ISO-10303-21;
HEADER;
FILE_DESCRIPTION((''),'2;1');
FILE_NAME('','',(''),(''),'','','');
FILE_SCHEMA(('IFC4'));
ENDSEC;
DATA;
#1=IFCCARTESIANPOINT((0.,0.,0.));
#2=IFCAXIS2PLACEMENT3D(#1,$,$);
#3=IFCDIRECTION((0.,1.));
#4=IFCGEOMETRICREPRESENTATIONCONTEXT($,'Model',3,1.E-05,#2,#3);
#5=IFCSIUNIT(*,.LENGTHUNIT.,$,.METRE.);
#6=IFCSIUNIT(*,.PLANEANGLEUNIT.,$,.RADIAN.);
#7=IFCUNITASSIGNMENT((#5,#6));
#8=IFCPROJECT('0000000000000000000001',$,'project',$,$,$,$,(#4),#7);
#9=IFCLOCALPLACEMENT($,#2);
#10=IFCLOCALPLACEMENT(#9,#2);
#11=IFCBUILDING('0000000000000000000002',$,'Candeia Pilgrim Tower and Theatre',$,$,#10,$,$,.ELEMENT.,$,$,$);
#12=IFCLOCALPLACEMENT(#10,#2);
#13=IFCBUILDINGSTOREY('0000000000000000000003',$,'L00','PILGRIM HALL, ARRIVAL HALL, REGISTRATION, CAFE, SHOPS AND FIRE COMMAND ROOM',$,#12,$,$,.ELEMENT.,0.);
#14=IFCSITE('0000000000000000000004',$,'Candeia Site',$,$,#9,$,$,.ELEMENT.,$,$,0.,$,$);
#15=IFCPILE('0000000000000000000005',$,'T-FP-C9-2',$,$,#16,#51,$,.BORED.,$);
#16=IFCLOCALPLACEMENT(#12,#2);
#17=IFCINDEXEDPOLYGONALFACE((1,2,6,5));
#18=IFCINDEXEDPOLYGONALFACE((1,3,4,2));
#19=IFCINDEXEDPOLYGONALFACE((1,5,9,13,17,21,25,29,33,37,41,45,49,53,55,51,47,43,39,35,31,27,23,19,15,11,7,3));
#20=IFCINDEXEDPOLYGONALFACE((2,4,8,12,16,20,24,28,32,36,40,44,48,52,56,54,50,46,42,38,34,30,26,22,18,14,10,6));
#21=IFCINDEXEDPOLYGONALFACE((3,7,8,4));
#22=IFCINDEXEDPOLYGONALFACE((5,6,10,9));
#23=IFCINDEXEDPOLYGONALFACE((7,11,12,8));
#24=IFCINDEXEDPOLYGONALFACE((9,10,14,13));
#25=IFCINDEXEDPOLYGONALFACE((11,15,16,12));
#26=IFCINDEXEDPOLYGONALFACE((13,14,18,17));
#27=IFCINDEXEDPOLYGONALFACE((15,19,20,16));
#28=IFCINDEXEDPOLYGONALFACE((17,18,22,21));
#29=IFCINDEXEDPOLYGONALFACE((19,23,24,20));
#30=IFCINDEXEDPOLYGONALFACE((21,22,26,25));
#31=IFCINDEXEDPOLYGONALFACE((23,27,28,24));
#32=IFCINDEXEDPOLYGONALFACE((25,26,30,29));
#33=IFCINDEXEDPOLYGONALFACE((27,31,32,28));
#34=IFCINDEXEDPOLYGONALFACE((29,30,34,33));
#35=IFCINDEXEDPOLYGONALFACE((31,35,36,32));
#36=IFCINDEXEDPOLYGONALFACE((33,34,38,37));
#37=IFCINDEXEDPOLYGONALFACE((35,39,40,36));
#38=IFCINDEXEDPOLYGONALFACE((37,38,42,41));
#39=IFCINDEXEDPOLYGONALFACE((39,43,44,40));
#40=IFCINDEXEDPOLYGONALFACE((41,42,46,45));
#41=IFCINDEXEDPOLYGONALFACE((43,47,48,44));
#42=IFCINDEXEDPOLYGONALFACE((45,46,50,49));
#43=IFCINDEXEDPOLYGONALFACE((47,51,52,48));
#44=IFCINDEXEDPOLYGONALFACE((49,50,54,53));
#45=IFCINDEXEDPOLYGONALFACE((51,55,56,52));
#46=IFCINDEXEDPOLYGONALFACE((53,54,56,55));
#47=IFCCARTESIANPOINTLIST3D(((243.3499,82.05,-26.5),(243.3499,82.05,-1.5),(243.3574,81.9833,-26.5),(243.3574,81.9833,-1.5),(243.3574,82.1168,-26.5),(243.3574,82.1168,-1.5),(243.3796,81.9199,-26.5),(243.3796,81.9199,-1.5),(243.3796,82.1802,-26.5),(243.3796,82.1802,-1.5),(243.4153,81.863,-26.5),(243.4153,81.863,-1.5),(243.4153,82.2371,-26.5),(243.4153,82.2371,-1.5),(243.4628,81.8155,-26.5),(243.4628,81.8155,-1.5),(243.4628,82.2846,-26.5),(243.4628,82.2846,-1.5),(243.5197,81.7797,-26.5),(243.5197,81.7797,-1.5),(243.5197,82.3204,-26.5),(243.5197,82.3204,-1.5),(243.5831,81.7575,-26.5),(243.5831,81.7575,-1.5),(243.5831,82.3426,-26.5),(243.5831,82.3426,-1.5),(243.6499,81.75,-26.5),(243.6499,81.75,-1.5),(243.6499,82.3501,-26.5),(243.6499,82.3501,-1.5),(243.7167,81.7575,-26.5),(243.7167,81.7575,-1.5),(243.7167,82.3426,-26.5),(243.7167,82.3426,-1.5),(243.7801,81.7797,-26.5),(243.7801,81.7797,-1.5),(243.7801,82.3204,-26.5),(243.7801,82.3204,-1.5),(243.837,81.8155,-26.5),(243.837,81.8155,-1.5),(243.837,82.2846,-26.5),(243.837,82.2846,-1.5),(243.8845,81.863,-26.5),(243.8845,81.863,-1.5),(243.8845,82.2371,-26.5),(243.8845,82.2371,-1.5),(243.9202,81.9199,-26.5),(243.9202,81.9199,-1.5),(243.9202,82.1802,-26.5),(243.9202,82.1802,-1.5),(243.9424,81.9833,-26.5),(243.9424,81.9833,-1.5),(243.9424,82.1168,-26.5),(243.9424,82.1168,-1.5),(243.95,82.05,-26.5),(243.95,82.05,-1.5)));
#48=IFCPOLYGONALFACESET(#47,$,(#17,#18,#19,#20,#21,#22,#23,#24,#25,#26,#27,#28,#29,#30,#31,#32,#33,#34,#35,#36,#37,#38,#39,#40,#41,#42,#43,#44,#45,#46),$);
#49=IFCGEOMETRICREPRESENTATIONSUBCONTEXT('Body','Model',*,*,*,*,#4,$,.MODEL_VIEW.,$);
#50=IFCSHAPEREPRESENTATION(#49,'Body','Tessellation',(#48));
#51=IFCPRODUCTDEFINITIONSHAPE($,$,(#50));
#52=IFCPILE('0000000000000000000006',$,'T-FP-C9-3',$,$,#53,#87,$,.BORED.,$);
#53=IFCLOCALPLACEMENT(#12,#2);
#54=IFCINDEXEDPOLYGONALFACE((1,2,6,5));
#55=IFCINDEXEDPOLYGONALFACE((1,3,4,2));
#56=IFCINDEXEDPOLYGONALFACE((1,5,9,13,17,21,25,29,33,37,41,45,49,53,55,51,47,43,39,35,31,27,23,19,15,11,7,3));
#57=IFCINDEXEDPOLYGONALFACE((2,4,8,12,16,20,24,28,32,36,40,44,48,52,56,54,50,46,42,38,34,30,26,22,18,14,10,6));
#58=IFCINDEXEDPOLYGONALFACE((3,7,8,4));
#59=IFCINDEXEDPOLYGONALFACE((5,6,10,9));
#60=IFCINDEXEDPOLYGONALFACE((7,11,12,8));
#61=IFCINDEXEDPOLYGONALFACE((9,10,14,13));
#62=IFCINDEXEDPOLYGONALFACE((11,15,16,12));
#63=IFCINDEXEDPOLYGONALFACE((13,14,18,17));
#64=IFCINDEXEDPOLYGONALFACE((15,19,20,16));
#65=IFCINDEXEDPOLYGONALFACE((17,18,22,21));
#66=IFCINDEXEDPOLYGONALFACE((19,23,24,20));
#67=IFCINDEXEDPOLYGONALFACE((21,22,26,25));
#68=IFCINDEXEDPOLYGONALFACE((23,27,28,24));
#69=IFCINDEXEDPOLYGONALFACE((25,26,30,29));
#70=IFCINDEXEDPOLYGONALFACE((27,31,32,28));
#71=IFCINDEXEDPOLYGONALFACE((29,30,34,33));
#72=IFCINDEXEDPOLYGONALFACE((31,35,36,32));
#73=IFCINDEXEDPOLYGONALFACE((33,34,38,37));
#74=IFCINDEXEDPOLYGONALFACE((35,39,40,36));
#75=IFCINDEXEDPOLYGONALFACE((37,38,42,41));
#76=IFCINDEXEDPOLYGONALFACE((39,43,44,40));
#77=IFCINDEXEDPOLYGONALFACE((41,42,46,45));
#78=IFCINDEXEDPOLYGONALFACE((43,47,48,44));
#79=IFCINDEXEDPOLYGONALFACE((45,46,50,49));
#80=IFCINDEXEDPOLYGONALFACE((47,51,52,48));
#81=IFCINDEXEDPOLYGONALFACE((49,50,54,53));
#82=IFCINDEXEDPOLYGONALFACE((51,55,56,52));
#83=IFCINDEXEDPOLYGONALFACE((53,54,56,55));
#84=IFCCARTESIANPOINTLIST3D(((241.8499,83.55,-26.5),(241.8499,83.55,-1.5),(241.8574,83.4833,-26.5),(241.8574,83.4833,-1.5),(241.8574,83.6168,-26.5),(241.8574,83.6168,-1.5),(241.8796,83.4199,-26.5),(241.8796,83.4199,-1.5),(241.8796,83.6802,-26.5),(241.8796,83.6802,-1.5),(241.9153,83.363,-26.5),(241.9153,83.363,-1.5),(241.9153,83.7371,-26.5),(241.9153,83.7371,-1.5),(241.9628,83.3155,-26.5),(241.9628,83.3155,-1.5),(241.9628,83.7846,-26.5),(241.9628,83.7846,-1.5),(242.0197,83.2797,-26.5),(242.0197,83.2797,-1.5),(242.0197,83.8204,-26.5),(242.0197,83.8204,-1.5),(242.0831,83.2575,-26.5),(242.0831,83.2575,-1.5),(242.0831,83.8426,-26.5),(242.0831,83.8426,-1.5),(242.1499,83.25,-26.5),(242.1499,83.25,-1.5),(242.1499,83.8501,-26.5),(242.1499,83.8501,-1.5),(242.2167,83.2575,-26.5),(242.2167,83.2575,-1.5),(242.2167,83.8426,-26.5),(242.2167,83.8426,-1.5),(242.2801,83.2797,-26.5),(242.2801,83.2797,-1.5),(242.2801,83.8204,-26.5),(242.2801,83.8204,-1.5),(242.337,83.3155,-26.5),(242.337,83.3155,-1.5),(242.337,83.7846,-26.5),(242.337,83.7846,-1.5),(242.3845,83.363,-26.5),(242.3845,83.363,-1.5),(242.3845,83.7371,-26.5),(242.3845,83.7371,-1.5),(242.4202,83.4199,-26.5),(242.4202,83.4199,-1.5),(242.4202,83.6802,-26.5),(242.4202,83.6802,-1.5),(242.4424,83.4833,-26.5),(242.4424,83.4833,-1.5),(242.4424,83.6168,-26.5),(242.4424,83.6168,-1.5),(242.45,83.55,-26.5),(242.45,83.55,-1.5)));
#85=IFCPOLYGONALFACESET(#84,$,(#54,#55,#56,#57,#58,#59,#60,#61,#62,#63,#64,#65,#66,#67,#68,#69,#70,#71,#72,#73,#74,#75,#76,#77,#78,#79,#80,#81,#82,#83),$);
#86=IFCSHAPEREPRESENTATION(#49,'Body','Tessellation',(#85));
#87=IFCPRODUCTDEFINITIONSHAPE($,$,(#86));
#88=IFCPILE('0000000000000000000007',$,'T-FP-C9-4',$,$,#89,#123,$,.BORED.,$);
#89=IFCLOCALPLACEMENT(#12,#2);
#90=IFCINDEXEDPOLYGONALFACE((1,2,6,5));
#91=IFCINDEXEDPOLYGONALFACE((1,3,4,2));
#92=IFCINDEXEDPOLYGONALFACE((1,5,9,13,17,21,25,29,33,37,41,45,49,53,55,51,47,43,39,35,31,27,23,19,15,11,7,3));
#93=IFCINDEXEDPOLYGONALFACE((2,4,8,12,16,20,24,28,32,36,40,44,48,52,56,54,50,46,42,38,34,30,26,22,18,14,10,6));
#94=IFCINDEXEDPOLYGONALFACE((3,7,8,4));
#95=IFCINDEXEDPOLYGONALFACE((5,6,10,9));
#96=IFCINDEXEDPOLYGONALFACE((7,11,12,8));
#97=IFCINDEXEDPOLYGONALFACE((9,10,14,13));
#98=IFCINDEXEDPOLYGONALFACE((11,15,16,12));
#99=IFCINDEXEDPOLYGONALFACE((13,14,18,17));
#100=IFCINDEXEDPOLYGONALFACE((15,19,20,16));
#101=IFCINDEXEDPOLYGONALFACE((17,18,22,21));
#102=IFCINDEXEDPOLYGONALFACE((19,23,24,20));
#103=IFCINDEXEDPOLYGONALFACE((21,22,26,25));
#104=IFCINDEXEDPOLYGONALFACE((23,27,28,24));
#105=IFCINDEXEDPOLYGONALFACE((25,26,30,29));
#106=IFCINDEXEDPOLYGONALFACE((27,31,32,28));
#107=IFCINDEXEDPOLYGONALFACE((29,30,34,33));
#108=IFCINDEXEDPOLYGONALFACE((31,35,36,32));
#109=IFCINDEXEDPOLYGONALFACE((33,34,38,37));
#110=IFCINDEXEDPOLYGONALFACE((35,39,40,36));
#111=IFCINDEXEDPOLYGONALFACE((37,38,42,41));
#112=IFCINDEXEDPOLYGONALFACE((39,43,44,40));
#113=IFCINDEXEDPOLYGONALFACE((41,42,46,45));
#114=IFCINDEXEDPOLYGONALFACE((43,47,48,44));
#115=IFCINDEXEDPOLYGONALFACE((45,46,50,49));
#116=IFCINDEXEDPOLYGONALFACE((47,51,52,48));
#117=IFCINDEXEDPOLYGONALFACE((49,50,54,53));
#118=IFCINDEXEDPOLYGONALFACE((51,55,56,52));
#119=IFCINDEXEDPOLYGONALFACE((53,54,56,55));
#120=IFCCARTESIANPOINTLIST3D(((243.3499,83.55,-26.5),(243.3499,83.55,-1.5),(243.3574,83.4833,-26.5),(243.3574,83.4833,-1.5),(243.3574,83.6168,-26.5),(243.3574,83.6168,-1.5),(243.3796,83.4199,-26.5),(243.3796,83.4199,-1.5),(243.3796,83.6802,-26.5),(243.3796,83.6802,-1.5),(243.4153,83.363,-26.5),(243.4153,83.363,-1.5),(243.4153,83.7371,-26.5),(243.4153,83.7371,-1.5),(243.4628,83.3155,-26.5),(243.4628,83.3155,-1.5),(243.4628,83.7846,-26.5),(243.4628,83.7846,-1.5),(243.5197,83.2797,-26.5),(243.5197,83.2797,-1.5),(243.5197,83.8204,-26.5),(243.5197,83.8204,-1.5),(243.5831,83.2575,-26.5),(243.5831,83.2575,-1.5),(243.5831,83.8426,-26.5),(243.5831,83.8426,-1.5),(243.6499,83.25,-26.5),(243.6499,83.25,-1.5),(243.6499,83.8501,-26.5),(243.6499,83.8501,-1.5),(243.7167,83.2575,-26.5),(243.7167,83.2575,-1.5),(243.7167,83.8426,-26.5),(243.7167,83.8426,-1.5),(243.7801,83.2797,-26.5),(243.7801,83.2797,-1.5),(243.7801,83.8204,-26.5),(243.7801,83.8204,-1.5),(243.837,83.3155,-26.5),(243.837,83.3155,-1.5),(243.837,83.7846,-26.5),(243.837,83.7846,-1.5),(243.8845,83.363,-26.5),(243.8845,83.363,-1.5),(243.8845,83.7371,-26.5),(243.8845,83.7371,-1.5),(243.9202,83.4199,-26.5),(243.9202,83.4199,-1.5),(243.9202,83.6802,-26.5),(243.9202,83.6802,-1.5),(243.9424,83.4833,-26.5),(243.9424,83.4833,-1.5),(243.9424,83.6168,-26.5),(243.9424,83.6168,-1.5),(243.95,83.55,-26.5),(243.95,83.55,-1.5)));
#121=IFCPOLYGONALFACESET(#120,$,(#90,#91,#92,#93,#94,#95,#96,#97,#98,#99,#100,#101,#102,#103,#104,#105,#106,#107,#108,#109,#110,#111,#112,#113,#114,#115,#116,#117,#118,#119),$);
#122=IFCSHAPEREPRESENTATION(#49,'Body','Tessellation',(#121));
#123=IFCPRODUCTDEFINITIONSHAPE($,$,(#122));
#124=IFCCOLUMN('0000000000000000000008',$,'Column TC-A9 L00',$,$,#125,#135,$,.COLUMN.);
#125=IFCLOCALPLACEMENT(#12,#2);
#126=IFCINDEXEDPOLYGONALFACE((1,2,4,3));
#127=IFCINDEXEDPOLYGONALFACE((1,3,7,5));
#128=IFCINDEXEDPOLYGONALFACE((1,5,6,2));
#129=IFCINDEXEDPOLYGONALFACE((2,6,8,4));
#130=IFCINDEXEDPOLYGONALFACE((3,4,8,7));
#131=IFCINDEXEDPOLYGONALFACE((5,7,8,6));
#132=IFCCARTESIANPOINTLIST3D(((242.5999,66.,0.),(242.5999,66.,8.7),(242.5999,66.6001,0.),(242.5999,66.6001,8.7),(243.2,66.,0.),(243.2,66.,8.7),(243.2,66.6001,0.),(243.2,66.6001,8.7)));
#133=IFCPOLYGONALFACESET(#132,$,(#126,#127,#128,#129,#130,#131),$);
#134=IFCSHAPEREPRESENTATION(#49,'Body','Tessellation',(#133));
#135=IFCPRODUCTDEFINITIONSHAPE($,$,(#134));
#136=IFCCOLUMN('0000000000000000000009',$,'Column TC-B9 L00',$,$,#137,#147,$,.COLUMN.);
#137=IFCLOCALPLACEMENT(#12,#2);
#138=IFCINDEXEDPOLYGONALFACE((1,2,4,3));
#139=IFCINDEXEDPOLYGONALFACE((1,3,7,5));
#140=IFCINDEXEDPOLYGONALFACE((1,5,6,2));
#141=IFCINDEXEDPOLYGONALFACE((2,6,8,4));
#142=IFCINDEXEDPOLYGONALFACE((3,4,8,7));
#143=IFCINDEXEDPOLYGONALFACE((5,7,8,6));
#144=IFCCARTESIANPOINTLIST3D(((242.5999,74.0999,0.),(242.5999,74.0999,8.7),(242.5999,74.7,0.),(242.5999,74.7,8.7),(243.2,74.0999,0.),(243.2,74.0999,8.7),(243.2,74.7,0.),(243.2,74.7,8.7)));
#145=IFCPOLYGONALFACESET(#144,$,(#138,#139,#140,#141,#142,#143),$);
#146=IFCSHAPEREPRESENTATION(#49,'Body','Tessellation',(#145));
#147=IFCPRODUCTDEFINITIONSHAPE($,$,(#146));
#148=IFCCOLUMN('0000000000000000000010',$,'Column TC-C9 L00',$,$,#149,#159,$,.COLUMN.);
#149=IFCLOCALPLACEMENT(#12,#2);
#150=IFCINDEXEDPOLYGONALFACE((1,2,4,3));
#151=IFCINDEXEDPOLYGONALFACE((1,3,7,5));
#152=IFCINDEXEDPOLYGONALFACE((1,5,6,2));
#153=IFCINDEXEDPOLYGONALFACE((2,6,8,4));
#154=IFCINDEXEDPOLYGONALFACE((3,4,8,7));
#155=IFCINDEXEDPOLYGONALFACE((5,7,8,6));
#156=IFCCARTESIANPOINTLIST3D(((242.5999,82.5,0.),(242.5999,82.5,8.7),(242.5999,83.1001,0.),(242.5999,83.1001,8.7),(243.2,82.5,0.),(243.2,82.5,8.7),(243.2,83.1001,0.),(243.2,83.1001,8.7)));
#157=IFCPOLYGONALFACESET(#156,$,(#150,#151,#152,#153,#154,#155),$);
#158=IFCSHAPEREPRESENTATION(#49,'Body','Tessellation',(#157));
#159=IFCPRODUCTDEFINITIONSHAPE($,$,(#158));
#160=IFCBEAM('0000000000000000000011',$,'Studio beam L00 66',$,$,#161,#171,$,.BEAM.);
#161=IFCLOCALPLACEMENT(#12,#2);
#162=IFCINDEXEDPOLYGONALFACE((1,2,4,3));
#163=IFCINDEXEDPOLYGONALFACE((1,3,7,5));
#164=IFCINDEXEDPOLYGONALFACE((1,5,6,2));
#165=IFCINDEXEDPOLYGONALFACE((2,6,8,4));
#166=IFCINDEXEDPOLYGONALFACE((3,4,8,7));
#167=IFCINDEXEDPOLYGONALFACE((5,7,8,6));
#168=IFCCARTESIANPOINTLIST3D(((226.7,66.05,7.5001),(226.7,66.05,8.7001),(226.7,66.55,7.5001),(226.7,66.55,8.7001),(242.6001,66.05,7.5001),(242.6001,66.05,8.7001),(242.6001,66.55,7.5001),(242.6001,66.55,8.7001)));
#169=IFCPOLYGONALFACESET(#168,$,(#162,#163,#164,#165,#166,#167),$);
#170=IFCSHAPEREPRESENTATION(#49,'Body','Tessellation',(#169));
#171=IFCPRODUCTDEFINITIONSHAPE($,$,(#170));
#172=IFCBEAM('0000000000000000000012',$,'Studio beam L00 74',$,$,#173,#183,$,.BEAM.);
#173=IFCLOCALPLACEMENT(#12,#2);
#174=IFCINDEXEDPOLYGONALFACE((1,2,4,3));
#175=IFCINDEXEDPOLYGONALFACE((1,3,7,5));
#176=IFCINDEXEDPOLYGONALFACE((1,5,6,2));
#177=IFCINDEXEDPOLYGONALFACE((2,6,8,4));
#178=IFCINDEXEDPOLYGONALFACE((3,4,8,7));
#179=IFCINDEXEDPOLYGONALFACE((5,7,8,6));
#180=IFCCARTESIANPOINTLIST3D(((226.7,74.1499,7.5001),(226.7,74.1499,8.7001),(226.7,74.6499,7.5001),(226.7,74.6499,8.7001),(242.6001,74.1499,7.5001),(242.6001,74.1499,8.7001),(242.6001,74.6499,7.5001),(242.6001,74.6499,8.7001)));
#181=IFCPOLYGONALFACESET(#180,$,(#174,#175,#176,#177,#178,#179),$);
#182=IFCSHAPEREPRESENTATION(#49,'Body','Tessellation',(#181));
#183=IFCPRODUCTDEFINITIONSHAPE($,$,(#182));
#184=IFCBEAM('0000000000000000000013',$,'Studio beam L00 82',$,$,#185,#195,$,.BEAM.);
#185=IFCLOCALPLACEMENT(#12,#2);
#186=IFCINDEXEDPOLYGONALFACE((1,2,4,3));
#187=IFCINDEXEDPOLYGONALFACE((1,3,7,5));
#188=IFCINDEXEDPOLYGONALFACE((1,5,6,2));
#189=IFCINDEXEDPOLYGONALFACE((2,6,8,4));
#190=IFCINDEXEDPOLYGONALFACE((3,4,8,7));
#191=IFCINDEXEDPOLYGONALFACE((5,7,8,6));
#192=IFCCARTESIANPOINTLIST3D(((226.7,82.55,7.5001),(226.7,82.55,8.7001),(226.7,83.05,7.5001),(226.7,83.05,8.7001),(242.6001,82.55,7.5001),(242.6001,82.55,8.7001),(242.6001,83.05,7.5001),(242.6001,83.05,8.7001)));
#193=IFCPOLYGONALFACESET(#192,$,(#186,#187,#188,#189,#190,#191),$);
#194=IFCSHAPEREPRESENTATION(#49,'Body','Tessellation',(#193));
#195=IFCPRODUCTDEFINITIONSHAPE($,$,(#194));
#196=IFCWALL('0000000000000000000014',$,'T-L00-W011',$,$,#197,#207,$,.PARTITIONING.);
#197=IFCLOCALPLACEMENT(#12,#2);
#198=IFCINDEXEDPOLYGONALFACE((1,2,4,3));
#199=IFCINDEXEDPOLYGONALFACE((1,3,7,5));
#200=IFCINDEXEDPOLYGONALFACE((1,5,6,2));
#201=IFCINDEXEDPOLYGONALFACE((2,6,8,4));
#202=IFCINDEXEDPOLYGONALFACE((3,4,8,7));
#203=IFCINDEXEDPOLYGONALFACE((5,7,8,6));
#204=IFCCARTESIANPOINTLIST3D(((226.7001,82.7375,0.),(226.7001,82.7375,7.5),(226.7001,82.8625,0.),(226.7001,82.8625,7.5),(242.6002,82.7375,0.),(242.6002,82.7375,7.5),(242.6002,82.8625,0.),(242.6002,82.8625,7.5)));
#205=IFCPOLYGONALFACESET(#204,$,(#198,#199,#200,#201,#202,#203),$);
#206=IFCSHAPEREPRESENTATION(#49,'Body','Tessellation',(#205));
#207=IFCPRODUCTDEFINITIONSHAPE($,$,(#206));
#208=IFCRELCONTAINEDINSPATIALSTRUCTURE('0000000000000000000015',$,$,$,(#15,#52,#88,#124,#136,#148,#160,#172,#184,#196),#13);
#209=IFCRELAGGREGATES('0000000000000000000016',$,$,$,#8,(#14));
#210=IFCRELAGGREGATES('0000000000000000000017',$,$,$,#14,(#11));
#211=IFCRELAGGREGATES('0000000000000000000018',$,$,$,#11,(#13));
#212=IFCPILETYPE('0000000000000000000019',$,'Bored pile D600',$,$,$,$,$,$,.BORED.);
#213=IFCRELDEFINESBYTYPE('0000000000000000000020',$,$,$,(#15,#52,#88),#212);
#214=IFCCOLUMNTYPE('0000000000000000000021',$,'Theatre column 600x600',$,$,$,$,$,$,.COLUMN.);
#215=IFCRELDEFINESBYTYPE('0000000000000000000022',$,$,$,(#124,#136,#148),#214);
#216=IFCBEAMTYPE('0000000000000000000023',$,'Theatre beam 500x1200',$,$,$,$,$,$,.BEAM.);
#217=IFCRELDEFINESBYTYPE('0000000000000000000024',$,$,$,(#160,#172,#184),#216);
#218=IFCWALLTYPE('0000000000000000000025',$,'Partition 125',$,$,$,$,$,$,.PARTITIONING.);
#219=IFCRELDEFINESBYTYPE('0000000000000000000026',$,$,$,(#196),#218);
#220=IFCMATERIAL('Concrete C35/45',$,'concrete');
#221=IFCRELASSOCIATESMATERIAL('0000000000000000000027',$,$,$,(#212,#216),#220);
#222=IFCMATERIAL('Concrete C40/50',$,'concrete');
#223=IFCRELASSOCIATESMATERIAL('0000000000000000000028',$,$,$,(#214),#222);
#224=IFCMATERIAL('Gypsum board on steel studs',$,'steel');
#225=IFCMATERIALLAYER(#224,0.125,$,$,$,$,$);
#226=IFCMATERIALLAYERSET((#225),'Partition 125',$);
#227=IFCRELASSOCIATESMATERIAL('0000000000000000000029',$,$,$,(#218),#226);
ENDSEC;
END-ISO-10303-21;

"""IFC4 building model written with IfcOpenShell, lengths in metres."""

from ifc_helpers import new_model, si_unit, direction, frame, frame_2d, origin, origin_2d, place, context, subcontext, project, spatial, rectangle, circle, extrude, material, layer, layer_set, material_profile, profile_set, type_object, element, save


model = new_model("IFC4")

# Units and contexts
model_context = context("Model", 3, precision=1e-05, world=origin(), true_north=direction((0.0, 1.0)))
body_context = subcontext(model_context, "Body", "Model", "MODEL_VIEW")
ifc_project = project(units=[si_unit("LENGTHUNIT", "METRE"), si_unit("PLANEANGLEUNIT", "RADIAN")], contexts=[model_context])

# Site, building, storey
site_placement = place(None, origin())
site = spatial("IfcSite", under=ifc_project, at=site_placement, Name="Candeia Site", CompositionType="ELEMENT", RefElevation=0.0)
building_placement = place(site_placement, origin())
building = spatial("IfcBuilding", under=site, at=building_placement, Name="Candeia Pilgrim Tower and Theatre", CompositionType="ELEMENT")
storey_placement = place(building_placement, origin())
storey = spatial("IfcBuildingStorey", under=building, at=storey_placement, Name="L00", Description="PILGRIM HALL, ARRIVAL HALL, REGISTRATION, CAFE, SHOPS AND FIRE COMMAND ROOM", CompositionType="ELEMENT", Elevation=0.0)

# Piles
ifc_material_1 = material(Name="Concrete C35/45", Category="concrete")
pile_type = type_object("IfcPileType", Name="Bored pile D600", PredefinedType="BORED", material=ifc_material_1)
for number, where, z_axis, x_axis, name in (
    (1, (243.6499, 82.05, -1.5), (0.0, 0.0, -1.0), (1.0, 0.0, 0.0), "T-FP-C9-2"),
    (2, (242.1499, 83.55, -1.5), (0.0, 0.0, -1.0), (1.0, 0.0, 0.0), "T-FP-C9-3"),
    (3, (243.6499, 83.55, -1.5), (0.0, 0.0, -1.0), (1.0, 0.0, 0.0), "T-FP-C9-4"),
):
    element("IfcPile", number, at=place(storey_placement, frame(where, z_axis=z_axis, x_axis=x_axis)), inside=storey, type_object=pile_type, Name=name, PredefinedType="BORED", context=body_context, shape_type="SweptSolid", body=[
        extrude(circle(Radius=0.3, at=origin_2d()), origin(), (0.0, 0.0, 1.0), 25.0),
    ])

# Columns
ifc_material_2 = material(Name="Concrete C40/50", Category="concrete")
ifc_material_profile_1 = material_profile(ifc_material_2, rectangle(XDim=0.6001, YDim=0.6001, at=origin_2d()))
ifc_profile_set_1 = profile_set([ifc_material_profile_1], Name="Concrete C40/50")
column_type = type_object("IfcColumnType", Name="Theatre column 600x600", PredefinedType="COLUMN", material=ifc_profile_set_1)
for number, where, z_axis, x_axis, name in (
    (4, (242.8999, 66.3, 0.0), (0.0, 0.0, 1.0), (1.0, 0.0, 0.0), "Column TC-A9 L00"),
    (5, (242.8999, 74.3999, 0.0), (0.0, 0.0, 1.0), (1.0, 0.0, 0.0), "Column TC-B9 L00"),
    (6, (242.8999, 82.8, 0.0), (0.0, 0.0, 1.0), (1.0, 0.0, 0.0), "Column TC-C9 L00"),
):
    element("IfcColumn", number, at=place(storey_placement, frame(where, z_axis=z_axis, x_axis=x_axis)), inside=storey, type_object=column_type, Name=name, PredefinedType="COLUMN", context=body_context, shape_type="SweptSolid", body=[
        extrude(rectangle(XDim=0.6001, YDim=0.6001, at=origin_2d()), origin(), (0.0, 0.0, 1.0), 8.7),
    ])

# Beams
ifc_material_profile_2 = material_profile(ifc_material_1, rectangle(XDim=0.5, YDim=1.2, at=origin_2d()))
ifc_profile_set_2 = profile_set([ifc_material_profile_2], Name="Concrete C35/45")
beam_type = type_object("IfcBeamType", Name="Theatre beam 500x1200", PredefinedType="BEAM", material=ifc_profile_set_2)
for number, where, z_axis, x_axis, name in (
    (7, (226.7, 66.3, 8.1001), (1.0, 0.0, 0.0), (0.0, 1.0, 0.0), "Studio beam L00 66"),
    (8, (226.7, 74.3999, 8.1001), (1.0, 0.0, 0.0), (0.0, 1.0, 0.0), "Studio beam L00 74"),
    (9, (226.7, 82.8, 8.1001), (1.0, 0.0, 0.0), (0.0, 1.0, 0.0), "Studio beam L00 82"),
):
    element("IfcBeam", number, at=place(storey_placement, frame(where, z_axis=z_axis, x_axis=x_axis)), inside=storey, type_object=beam_type, Name=name, PredefinedType="BEAM", context=body_context, shape_type="SweptSolid", body=[
        extrude(rectangle(XDim=0.5, YDim=1.2, at=origin_2d()), origin(), (0.0, 0.0, 1.0), 15.9001),
    ])

# Wall
ifc_material_3 = material(Name="Gypsum board on steel studs", Category="steel")
ifc_layer = layer(ifc_material_3, 0.125)
ifc_layer_set = layer_set([ifc_layer], Name="Partition 125")
wall_type = type_object("IfcWallType", Name="Partition 125", PredefinedType="PARTITIONING", material=ifc_layer_set)
wall_1_placement = place(storey_placement, frame((226.7, 82.8, 0.0), z_axis=(0.0, 0.0, 1.0), x_axis=(1.0, 0.0, 0.0)))
element("IfcWall", 10, at=wall_1_placement, inside=storey, type_object=wall_type, Name="T-L00-W011", PredefinedType="PARTITIONING", context=body_context, shape_type="SweptSolid", body=[
    extrude(rectangle(XDim=15.9001, YDim=0.125, at=frame_2d((7.9502, 0.0))), origin(), (0.0, 0.0, 1.0), 7.5),
])

save(model, "model.ifc")
